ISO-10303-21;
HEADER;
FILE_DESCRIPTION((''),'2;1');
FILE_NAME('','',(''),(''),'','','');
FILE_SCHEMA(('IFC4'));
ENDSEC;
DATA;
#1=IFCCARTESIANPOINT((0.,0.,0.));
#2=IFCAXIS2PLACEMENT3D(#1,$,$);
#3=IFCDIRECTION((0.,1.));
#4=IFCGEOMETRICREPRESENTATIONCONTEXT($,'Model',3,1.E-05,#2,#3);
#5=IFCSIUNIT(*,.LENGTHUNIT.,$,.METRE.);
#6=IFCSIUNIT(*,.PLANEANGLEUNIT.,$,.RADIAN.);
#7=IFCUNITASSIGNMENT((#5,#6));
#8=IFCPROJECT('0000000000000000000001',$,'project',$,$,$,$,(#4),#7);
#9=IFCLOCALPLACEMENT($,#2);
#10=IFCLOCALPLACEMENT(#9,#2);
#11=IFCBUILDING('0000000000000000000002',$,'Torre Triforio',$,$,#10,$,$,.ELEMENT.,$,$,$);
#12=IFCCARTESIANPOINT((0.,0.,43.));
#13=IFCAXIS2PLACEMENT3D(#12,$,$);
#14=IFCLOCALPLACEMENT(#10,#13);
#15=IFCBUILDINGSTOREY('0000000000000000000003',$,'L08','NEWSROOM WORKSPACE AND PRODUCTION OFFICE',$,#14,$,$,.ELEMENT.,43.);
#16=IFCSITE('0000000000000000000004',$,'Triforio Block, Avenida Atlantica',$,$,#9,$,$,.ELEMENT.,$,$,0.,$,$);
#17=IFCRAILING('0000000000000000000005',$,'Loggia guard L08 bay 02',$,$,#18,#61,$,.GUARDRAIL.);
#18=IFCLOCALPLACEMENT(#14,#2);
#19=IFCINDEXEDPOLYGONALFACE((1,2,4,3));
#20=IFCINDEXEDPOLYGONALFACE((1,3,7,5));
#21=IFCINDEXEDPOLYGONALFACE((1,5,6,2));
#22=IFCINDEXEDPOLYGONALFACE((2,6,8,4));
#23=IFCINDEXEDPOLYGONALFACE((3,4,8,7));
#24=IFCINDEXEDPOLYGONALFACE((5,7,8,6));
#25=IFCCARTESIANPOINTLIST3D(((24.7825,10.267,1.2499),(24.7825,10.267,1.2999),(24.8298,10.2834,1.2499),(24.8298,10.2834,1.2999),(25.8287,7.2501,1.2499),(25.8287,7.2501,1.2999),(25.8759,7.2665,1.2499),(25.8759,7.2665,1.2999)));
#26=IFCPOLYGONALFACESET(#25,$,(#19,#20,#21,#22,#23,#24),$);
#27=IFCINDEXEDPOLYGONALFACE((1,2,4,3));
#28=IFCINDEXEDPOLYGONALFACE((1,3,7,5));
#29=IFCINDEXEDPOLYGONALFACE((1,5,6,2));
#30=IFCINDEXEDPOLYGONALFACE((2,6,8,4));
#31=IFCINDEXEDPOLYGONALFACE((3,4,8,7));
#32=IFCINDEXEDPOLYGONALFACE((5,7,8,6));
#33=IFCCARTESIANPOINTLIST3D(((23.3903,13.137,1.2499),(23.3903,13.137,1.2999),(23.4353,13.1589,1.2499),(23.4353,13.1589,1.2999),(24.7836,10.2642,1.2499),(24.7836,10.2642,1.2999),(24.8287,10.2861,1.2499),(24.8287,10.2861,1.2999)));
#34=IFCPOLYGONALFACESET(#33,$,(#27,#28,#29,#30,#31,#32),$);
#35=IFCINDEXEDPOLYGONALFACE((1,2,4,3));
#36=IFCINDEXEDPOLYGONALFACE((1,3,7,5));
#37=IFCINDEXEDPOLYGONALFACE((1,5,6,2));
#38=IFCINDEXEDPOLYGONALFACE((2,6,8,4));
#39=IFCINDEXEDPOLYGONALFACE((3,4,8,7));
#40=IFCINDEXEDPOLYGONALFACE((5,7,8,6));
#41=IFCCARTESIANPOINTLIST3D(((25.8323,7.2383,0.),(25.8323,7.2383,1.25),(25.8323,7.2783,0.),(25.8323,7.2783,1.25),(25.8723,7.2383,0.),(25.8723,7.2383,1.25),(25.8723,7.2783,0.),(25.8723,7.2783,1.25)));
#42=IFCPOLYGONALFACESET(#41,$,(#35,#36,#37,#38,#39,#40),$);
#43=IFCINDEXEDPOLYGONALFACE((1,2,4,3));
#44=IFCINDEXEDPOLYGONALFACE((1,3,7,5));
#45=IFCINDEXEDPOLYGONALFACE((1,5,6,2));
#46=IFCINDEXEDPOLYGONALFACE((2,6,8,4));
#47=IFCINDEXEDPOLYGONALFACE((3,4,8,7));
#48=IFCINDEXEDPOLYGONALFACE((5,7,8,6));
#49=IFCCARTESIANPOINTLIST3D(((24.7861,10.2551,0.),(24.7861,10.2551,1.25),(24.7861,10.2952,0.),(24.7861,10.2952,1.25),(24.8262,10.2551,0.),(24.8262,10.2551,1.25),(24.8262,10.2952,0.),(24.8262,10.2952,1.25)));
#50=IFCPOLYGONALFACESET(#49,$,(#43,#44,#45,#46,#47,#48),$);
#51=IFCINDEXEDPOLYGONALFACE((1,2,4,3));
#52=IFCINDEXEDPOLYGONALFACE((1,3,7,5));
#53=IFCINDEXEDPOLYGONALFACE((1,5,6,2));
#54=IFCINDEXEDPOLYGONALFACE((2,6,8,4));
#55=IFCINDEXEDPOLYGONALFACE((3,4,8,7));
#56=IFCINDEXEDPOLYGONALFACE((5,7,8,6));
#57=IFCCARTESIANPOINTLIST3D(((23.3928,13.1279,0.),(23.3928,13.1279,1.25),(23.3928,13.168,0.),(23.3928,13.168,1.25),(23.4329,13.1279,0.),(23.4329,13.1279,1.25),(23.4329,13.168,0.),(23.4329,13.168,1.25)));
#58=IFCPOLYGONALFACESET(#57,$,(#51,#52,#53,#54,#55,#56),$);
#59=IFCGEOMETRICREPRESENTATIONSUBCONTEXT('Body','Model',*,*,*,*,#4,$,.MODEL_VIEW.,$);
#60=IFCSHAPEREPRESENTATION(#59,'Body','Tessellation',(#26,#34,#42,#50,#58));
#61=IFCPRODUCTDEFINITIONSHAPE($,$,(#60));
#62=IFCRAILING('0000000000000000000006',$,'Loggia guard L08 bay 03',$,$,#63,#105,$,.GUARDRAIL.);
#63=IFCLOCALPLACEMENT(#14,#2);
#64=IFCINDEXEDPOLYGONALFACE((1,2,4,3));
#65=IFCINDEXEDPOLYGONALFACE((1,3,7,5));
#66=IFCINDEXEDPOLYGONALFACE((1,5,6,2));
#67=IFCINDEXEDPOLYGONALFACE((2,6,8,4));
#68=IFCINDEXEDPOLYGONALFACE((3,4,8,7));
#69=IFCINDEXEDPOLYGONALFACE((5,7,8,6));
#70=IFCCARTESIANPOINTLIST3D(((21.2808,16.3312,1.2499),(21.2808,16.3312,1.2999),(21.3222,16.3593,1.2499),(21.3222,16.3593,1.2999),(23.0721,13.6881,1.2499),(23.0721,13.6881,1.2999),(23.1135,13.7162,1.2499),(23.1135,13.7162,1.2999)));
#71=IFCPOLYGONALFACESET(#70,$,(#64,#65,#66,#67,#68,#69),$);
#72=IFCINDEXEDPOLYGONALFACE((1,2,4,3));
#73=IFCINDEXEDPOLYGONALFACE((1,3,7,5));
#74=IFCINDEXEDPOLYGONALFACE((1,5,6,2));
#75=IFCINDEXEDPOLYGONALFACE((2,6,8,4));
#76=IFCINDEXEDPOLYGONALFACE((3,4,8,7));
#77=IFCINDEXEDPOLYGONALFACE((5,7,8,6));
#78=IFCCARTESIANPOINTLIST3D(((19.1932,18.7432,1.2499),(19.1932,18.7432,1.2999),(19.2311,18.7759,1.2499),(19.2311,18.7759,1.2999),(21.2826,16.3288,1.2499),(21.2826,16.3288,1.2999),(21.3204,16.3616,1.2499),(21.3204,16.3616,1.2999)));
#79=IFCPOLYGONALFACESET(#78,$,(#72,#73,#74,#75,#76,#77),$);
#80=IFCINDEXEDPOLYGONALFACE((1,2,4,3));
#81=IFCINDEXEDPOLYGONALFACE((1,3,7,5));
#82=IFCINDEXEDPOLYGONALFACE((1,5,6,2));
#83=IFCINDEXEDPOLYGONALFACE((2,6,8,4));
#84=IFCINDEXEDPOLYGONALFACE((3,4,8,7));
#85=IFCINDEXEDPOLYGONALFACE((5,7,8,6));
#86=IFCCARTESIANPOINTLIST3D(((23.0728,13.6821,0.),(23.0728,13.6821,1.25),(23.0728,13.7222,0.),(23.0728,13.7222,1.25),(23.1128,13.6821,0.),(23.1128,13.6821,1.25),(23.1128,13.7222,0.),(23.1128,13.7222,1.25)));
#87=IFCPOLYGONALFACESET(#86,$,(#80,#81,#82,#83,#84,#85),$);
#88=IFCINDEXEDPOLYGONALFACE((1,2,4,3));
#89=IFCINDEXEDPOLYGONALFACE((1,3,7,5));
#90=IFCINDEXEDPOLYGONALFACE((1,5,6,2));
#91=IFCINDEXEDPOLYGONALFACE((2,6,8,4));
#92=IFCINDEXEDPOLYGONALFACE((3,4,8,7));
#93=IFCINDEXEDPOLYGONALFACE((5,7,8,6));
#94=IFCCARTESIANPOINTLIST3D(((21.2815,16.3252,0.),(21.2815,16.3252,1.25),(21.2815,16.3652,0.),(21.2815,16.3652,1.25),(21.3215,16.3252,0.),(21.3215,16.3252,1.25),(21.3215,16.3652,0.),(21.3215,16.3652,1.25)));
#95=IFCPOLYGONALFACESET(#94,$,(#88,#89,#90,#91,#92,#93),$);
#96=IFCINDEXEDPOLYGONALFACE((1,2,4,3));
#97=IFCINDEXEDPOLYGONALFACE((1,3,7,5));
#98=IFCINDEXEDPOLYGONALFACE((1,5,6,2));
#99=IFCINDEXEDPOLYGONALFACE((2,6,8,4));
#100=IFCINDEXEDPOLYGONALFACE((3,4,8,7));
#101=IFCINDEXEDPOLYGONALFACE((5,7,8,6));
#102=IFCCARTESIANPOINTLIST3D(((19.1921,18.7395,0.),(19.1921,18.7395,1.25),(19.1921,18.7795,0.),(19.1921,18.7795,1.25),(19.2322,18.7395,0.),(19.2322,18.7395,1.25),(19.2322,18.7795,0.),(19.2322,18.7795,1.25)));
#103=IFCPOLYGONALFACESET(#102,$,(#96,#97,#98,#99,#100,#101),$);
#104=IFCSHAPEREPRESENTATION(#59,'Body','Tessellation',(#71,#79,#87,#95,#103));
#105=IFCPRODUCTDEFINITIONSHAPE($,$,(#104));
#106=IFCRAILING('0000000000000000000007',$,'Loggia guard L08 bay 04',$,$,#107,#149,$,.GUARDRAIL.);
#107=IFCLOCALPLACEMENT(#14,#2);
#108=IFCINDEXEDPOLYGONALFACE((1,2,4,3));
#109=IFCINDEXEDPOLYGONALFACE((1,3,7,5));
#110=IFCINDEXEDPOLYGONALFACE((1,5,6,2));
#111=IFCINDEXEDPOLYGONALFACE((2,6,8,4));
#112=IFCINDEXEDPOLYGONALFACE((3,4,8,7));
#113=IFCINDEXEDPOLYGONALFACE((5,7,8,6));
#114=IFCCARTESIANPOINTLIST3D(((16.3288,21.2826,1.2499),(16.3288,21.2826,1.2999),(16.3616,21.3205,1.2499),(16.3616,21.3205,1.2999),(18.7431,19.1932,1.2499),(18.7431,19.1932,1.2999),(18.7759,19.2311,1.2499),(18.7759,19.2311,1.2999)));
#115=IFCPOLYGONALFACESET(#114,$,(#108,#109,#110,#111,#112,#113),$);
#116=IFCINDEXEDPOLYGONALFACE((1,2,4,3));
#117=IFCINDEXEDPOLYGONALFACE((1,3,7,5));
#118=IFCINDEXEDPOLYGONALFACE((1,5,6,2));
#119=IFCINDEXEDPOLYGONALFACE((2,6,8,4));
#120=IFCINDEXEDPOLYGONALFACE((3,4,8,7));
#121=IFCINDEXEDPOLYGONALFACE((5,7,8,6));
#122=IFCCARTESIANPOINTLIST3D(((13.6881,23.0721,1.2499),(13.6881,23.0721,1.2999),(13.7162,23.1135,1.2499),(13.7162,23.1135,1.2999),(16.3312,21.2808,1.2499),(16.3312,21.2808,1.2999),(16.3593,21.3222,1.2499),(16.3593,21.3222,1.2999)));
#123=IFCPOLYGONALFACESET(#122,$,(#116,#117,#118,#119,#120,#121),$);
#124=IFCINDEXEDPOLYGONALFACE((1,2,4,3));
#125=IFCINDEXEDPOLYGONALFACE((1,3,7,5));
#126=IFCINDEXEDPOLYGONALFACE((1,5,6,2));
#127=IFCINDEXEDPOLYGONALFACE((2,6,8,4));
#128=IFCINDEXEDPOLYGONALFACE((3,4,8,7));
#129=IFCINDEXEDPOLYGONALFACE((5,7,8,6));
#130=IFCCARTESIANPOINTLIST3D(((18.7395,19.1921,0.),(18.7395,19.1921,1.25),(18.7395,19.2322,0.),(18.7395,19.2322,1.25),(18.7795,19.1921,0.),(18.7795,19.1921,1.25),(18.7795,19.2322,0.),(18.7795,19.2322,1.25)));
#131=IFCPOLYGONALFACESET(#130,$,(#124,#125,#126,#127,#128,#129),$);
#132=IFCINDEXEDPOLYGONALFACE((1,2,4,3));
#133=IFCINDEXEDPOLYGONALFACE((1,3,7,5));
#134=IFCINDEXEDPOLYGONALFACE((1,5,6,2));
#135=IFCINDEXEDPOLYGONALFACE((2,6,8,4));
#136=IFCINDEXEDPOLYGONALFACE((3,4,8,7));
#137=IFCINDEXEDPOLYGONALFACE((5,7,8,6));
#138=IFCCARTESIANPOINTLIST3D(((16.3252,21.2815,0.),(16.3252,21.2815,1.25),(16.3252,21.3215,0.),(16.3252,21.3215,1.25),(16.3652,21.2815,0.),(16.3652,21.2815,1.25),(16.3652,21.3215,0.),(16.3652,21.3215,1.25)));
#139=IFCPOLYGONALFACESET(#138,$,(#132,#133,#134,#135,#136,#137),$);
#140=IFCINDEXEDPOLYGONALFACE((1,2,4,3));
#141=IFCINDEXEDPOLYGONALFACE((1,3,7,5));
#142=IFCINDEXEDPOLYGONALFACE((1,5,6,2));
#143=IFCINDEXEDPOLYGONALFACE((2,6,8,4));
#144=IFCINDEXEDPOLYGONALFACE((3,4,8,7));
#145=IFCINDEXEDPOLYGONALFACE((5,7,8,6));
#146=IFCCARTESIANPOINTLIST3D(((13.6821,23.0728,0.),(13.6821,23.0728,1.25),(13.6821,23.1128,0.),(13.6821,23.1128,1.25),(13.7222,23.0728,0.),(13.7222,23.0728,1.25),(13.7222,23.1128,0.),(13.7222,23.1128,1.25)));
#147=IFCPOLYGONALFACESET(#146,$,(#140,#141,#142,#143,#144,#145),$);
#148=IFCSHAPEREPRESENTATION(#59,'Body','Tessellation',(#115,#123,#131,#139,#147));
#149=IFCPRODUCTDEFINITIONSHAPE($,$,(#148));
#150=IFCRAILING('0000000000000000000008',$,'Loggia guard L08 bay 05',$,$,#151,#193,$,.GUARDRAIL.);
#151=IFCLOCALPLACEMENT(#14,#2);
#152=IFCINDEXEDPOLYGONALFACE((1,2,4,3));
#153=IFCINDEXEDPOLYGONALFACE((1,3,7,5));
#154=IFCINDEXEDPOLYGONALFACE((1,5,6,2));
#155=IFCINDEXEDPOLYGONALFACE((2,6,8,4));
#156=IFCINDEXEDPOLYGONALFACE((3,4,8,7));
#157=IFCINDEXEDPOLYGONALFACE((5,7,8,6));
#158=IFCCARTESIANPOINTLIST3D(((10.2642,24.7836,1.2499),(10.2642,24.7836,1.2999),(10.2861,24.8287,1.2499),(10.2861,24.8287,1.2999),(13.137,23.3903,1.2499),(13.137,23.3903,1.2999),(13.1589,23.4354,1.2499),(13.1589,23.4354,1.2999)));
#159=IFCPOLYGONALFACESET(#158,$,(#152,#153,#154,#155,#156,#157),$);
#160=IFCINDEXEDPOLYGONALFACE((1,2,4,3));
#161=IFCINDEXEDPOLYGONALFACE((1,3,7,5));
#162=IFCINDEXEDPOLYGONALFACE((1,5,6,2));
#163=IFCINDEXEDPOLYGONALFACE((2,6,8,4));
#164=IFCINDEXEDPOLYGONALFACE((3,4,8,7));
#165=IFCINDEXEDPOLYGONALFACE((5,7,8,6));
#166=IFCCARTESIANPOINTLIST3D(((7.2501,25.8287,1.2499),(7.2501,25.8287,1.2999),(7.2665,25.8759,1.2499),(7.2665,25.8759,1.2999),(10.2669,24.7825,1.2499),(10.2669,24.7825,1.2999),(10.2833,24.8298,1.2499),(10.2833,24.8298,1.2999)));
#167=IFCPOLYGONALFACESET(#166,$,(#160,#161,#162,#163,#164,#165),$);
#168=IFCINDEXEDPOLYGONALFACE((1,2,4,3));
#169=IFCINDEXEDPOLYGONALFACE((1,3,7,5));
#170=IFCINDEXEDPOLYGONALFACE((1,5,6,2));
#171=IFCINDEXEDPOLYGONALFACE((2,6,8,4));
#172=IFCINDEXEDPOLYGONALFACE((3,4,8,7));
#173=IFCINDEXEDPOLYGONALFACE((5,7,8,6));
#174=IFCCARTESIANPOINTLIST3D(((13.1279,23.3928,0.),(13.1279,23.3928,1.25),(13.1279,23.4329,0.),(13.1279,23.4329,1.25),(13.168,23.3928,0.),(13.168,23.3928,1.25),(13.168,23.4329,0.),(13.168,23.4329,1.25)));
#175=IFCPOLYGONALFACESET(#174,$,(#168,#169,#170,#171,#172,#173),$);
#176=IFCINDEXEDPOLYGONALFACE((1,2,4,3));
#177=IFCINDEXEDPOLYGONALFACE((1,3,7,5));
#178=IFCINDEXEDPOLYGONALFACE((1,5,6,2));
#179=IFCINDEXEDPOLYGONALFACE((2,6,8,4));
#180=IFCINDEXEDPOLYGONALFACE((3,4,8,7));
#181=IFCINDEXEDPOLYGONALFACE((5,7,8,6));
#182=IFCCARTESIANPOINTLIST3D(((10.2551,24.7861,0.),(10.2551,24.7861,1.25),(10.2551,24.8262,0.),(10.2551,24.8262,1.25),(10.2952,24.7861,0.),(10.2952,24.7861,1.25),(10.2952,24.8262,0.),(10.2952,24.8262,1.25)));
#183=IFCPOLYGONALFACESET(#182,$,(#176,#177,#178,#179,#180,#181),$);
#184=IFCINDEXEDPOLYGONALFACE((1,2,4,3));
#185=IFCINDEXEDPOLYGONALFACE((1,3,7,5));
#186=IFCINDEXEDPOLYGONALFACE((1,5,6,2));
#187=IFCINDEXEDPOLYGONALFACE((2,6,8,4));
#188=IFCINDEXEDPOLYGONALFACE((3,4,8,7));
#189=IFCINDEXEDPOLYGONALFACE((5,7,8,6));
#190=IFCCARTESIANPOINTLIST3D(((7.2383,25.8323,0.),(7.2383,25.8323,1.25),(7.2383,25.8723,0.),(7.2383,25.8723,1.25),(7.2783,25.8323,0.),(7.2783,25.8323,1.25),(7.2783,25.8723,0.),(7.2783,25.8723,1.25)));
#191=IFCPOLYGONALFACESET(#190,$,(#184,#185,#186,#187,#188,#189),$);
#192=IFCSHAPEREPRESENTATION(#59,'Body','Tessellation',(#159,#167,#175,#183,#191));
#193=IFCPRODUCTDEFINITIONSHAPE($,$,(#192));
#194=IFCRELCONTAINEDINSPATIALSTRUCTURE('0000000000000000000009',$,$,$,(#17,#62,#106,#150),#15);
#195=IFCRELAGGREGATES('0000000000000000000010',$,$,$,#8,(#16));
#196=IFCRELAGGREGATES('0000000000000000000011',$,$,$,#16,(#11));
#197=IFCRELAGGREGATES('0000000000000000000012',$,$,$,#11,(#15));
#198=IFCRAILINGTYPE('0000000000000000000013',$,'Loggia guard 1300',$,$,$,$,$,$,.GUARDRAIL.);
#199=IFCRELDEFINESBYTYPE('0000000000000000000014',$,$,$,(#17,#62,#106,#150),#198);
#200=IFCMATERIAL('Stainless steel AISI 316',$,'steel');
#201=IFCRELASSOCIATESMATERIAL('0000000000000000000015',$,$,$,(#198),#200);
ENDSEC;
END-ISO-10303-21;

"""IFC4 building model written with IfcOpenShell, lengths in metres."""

from ifc_helpers import new_model, si_unit, direction, frame, origin, origin_2d, place, context, subcontext, project, spatial, rectangle, extrude, material, type_object, element, save


model = new_model("IFC4")

# Units and contexts
model_context = context("Model", 3, precision=1e-05, world=origin(), true_north=direction((0.0, 1.0)))
body_context = subcontext(model_context, "Body", "Model", "MODEL_VIEW")
ifc_project = project(units=[si_unit("LENGTHUNIT", "METRE"), si_unit("PLANEANGLEUNIT", "RADIAN")], contexts=[model_context])

# Site, building, storey
site_placement = place(None, origin())
site = spatial("IfcSite", under=ifc_project, at=site_placement, Name="Triforio Block, Avenida Atlantica", CompositionType="ELEMENT", RefElevation=0.0)
building_placement = place(site_placement, origin())
building = spatial("IfcBuilding", under=site, at=building_placement, Name="Torre Triforio", CompositionType="ELEMENT")
storey_placement = place(building_placement, frame((0.0, 0.0, 43.0)))
storey = spatial("IfcBuildingStorey", under=building, at=storey_placement, Name="L08", Description="NEWSROOM WORKSPACE AND PRODUCTION OFFICE", CompositionType="ELEMENT", Elevation=43.0)

# Railings
ifc_material_1 = material(Name="Stainless steel AISI 316", Category="steel")
railing_type = type_object("IfcRailingType", Name="Loggia guard 1300", PredefinedType="GUARDRAIL", material=ifc_material_1)
railing_1_placement = place(storey_placement, frame((25.8523, 7.2583, 0.0)))
element("IfcRailing", 1, at=railing_1_placement, inside=storey, type_object=railing_type, Name="Loggia guard L08 bay 02", PredefinedType="GUARDRAIL", context=body_context, shape_type="SweptSolid", body=[
    extrude(rectangle(XDim=0.05, YDim=0.05, at=origin_2d()), frame((0.0, 0.0, 1.2749), z_axis=(-0.327628, 0.944807, 0.0), x_axis=(-0.944807, -0.327628, 0.0)), (0.0, 0.0, 1.0), 3.1931),
    extrude(rectangle(XDim=0.05, YDim=0.05, at=origin_2d()), frame((-1.0461, 3.0168, 1.2749), z_axis=(-0.436384, 0.89976, 0.0), x_axis=(-0.89976, -0.436384, 0.0)), (0.0, 0.0, 1.0), 3.1929),
    extrude(rectangle(XDim=0.04, YDim=0.04, at=origin_2d()), origin(), (0.0, 0.0, 1.0), 1.25),
    extrude(rectangle(XDim=0.04, YDim=0.04, at=origin_2d()), frame((-1.0461, 3.0168, 0.0)), (0.0, 0.0, 1.0), 1.25),
    extrude(rectangle(XDim=0.04, YDim=0.04, at=origin_2d()), frame((-2.4395, 5.8896, 0.0)), (0.0, 0.0, 1.0), 1.25),
])
railing_2_placement = place(storey_placement, frame((23.0928, 13.7021, 0.0)))
element("IfcRailing", 2, at=railing_2_placement, inside=storey, type_object=railing_type, Name="Loggia guard L08 bay 03", PredefinedType="GUARDRAIL", context=body_context, shape_type="SweptSolid", body=[
    extrude(rectangle(XDim=0.05, YDim=0.05, at=origin_2d()), frame((0.0, 0.0, 1.2749), z_axis=(-0.561019, 0.827803, 0.0), x_axis=(-0.827803, -0.561019, 0.0)), (0.0, 0.0, 1.0), 3.1929),
    extrude(rectangle(XDim=0.05, YDim=0.05, at=origin_2d()), frame((-1.7913, 2.6431, 1.2749), z_axis=(-0.654386, 0.756161, 0.0), x_axis=(-0.756161, -0.654386, 0.0)), (0.0, 0.0, 1.0), 3.1929),
    extrude(rectangle(XDim=0.04, YDim=0.04, at=origin_2d()), origin(), (0.0, 0.0, 1.0), 1.25),
    extrude(rectangle(XDim=0.04, YDim=0.04, at=origin_2d()), frame((-1.7913, 2.6431, 0.0)), (0.0, 0.0, 1.0), 1.25),
    extrude(rectangle(XDim=0.04, YDim=0.04, at=origin_2d()), frame((-3.8806, 5.0574, 0.0)), (0.0, 0.0, 1.0), 1.25),
])
railing_3_placement = place(storey_placement, frame((18.7595, 19.2122, 0.0)))
element("IfcRailing", 3, at=railing_3_placement, inside=storey, type_object=railing_type, Name="Loggia guard L08 bay 04", PredefinedType="GUARDRAIL", context=body_context, shape_type="SweptSolid", body=[
    extrude(rectangle(XDim=0.05, YDim=0.05, at=origin_2d()), frame((0.0, 0.0, 1.2749), z_axis=(-0.756161, 0.654386, 0.0), x_axis=(-0.654386, -0.756161, 0.0)), (0.0, 0.0, 1.0), 3.1929),
    extrude(rectangle(XDim=0.05, YDim=0.05, at=origin_2d()), frame((-2.4143, 2.0894, 1.2749), z_axis=(-0.827803, 0.561019, 0.0), x_axis=(-0.561019, -0.827803, 0.0)), (0.0, 0.0, 1.0), 3.1929),
    extrude(rectangle(XDim=0.04, YDim=0.04, at=origin_2d()), origin(), (0.0, 0.0, 1.0), 1.25),
    extrude(rectangle(XDim=0.04, YDim=0.04, at=origin_2d()), frame((-2.4143, 2.0894, 0.0)), (0.0, 0.0, 1.0), 1.25),
    extrude(rectangle(XDim=0.04, YDim=0.04, at=origin_2d()), frame((-5.0574, 3.8806, 0.0)), (0.0, 0.0, 1.0), 1.25),
])
railing_4_placement = place(storey_placement, frame((13.1479, 23.4128, 0.0)))
element("IfcRailing", 4, at=railing_4_placement, inside=storey, type_object=railing_type, Name="Loggia guard L08 bay 05", PredefinedType="GUARDRAIL", context=body_context, shape_type="SweptSolid", body=[
    extrude(rectangle(XDim=0.05, YDim=0.05, at=origin_2d()), frame((0.0, 0.0, 1.2749), z_axis=(-0.89976, 0.436384, 0.0), x_axis=(-0.436384, -0.89976, 0.0)), (0.0, 0.0, 1.0), 3.1929),
    extrude(rectangle(XDim=0.05, YDim=0.05, at=origin_2d()), frame((-2.8728, 1.3933, 1.2749), z_axis=(-0.944807, 0.327628, 0.0), x_axis=(-0.327628, -0.944807, 0.0)), (0.0, 0.0, 1.0), 3.1931),
    extrude(rectangle(XDim=0.04, YDim=0.04, at=origin_2d()), origin(), (0.0, 0.0, 1.0), 1.25),
    extrude(rectangle(XDim=0.04, YDim=0.04, at=origin_2d()), frame((-2.8728, 1.3933, 0.0)), (0.0, 0.0, 1.0), 1.25),
    extrude(rectangle(XDim=0.04, YDim=0.04, at=origin_2d()), frame((-5.8896, 2.4395, 0.0)), (0.0, 0.0, 1.0), 1.25),
])

save(model, "model.ifc")
